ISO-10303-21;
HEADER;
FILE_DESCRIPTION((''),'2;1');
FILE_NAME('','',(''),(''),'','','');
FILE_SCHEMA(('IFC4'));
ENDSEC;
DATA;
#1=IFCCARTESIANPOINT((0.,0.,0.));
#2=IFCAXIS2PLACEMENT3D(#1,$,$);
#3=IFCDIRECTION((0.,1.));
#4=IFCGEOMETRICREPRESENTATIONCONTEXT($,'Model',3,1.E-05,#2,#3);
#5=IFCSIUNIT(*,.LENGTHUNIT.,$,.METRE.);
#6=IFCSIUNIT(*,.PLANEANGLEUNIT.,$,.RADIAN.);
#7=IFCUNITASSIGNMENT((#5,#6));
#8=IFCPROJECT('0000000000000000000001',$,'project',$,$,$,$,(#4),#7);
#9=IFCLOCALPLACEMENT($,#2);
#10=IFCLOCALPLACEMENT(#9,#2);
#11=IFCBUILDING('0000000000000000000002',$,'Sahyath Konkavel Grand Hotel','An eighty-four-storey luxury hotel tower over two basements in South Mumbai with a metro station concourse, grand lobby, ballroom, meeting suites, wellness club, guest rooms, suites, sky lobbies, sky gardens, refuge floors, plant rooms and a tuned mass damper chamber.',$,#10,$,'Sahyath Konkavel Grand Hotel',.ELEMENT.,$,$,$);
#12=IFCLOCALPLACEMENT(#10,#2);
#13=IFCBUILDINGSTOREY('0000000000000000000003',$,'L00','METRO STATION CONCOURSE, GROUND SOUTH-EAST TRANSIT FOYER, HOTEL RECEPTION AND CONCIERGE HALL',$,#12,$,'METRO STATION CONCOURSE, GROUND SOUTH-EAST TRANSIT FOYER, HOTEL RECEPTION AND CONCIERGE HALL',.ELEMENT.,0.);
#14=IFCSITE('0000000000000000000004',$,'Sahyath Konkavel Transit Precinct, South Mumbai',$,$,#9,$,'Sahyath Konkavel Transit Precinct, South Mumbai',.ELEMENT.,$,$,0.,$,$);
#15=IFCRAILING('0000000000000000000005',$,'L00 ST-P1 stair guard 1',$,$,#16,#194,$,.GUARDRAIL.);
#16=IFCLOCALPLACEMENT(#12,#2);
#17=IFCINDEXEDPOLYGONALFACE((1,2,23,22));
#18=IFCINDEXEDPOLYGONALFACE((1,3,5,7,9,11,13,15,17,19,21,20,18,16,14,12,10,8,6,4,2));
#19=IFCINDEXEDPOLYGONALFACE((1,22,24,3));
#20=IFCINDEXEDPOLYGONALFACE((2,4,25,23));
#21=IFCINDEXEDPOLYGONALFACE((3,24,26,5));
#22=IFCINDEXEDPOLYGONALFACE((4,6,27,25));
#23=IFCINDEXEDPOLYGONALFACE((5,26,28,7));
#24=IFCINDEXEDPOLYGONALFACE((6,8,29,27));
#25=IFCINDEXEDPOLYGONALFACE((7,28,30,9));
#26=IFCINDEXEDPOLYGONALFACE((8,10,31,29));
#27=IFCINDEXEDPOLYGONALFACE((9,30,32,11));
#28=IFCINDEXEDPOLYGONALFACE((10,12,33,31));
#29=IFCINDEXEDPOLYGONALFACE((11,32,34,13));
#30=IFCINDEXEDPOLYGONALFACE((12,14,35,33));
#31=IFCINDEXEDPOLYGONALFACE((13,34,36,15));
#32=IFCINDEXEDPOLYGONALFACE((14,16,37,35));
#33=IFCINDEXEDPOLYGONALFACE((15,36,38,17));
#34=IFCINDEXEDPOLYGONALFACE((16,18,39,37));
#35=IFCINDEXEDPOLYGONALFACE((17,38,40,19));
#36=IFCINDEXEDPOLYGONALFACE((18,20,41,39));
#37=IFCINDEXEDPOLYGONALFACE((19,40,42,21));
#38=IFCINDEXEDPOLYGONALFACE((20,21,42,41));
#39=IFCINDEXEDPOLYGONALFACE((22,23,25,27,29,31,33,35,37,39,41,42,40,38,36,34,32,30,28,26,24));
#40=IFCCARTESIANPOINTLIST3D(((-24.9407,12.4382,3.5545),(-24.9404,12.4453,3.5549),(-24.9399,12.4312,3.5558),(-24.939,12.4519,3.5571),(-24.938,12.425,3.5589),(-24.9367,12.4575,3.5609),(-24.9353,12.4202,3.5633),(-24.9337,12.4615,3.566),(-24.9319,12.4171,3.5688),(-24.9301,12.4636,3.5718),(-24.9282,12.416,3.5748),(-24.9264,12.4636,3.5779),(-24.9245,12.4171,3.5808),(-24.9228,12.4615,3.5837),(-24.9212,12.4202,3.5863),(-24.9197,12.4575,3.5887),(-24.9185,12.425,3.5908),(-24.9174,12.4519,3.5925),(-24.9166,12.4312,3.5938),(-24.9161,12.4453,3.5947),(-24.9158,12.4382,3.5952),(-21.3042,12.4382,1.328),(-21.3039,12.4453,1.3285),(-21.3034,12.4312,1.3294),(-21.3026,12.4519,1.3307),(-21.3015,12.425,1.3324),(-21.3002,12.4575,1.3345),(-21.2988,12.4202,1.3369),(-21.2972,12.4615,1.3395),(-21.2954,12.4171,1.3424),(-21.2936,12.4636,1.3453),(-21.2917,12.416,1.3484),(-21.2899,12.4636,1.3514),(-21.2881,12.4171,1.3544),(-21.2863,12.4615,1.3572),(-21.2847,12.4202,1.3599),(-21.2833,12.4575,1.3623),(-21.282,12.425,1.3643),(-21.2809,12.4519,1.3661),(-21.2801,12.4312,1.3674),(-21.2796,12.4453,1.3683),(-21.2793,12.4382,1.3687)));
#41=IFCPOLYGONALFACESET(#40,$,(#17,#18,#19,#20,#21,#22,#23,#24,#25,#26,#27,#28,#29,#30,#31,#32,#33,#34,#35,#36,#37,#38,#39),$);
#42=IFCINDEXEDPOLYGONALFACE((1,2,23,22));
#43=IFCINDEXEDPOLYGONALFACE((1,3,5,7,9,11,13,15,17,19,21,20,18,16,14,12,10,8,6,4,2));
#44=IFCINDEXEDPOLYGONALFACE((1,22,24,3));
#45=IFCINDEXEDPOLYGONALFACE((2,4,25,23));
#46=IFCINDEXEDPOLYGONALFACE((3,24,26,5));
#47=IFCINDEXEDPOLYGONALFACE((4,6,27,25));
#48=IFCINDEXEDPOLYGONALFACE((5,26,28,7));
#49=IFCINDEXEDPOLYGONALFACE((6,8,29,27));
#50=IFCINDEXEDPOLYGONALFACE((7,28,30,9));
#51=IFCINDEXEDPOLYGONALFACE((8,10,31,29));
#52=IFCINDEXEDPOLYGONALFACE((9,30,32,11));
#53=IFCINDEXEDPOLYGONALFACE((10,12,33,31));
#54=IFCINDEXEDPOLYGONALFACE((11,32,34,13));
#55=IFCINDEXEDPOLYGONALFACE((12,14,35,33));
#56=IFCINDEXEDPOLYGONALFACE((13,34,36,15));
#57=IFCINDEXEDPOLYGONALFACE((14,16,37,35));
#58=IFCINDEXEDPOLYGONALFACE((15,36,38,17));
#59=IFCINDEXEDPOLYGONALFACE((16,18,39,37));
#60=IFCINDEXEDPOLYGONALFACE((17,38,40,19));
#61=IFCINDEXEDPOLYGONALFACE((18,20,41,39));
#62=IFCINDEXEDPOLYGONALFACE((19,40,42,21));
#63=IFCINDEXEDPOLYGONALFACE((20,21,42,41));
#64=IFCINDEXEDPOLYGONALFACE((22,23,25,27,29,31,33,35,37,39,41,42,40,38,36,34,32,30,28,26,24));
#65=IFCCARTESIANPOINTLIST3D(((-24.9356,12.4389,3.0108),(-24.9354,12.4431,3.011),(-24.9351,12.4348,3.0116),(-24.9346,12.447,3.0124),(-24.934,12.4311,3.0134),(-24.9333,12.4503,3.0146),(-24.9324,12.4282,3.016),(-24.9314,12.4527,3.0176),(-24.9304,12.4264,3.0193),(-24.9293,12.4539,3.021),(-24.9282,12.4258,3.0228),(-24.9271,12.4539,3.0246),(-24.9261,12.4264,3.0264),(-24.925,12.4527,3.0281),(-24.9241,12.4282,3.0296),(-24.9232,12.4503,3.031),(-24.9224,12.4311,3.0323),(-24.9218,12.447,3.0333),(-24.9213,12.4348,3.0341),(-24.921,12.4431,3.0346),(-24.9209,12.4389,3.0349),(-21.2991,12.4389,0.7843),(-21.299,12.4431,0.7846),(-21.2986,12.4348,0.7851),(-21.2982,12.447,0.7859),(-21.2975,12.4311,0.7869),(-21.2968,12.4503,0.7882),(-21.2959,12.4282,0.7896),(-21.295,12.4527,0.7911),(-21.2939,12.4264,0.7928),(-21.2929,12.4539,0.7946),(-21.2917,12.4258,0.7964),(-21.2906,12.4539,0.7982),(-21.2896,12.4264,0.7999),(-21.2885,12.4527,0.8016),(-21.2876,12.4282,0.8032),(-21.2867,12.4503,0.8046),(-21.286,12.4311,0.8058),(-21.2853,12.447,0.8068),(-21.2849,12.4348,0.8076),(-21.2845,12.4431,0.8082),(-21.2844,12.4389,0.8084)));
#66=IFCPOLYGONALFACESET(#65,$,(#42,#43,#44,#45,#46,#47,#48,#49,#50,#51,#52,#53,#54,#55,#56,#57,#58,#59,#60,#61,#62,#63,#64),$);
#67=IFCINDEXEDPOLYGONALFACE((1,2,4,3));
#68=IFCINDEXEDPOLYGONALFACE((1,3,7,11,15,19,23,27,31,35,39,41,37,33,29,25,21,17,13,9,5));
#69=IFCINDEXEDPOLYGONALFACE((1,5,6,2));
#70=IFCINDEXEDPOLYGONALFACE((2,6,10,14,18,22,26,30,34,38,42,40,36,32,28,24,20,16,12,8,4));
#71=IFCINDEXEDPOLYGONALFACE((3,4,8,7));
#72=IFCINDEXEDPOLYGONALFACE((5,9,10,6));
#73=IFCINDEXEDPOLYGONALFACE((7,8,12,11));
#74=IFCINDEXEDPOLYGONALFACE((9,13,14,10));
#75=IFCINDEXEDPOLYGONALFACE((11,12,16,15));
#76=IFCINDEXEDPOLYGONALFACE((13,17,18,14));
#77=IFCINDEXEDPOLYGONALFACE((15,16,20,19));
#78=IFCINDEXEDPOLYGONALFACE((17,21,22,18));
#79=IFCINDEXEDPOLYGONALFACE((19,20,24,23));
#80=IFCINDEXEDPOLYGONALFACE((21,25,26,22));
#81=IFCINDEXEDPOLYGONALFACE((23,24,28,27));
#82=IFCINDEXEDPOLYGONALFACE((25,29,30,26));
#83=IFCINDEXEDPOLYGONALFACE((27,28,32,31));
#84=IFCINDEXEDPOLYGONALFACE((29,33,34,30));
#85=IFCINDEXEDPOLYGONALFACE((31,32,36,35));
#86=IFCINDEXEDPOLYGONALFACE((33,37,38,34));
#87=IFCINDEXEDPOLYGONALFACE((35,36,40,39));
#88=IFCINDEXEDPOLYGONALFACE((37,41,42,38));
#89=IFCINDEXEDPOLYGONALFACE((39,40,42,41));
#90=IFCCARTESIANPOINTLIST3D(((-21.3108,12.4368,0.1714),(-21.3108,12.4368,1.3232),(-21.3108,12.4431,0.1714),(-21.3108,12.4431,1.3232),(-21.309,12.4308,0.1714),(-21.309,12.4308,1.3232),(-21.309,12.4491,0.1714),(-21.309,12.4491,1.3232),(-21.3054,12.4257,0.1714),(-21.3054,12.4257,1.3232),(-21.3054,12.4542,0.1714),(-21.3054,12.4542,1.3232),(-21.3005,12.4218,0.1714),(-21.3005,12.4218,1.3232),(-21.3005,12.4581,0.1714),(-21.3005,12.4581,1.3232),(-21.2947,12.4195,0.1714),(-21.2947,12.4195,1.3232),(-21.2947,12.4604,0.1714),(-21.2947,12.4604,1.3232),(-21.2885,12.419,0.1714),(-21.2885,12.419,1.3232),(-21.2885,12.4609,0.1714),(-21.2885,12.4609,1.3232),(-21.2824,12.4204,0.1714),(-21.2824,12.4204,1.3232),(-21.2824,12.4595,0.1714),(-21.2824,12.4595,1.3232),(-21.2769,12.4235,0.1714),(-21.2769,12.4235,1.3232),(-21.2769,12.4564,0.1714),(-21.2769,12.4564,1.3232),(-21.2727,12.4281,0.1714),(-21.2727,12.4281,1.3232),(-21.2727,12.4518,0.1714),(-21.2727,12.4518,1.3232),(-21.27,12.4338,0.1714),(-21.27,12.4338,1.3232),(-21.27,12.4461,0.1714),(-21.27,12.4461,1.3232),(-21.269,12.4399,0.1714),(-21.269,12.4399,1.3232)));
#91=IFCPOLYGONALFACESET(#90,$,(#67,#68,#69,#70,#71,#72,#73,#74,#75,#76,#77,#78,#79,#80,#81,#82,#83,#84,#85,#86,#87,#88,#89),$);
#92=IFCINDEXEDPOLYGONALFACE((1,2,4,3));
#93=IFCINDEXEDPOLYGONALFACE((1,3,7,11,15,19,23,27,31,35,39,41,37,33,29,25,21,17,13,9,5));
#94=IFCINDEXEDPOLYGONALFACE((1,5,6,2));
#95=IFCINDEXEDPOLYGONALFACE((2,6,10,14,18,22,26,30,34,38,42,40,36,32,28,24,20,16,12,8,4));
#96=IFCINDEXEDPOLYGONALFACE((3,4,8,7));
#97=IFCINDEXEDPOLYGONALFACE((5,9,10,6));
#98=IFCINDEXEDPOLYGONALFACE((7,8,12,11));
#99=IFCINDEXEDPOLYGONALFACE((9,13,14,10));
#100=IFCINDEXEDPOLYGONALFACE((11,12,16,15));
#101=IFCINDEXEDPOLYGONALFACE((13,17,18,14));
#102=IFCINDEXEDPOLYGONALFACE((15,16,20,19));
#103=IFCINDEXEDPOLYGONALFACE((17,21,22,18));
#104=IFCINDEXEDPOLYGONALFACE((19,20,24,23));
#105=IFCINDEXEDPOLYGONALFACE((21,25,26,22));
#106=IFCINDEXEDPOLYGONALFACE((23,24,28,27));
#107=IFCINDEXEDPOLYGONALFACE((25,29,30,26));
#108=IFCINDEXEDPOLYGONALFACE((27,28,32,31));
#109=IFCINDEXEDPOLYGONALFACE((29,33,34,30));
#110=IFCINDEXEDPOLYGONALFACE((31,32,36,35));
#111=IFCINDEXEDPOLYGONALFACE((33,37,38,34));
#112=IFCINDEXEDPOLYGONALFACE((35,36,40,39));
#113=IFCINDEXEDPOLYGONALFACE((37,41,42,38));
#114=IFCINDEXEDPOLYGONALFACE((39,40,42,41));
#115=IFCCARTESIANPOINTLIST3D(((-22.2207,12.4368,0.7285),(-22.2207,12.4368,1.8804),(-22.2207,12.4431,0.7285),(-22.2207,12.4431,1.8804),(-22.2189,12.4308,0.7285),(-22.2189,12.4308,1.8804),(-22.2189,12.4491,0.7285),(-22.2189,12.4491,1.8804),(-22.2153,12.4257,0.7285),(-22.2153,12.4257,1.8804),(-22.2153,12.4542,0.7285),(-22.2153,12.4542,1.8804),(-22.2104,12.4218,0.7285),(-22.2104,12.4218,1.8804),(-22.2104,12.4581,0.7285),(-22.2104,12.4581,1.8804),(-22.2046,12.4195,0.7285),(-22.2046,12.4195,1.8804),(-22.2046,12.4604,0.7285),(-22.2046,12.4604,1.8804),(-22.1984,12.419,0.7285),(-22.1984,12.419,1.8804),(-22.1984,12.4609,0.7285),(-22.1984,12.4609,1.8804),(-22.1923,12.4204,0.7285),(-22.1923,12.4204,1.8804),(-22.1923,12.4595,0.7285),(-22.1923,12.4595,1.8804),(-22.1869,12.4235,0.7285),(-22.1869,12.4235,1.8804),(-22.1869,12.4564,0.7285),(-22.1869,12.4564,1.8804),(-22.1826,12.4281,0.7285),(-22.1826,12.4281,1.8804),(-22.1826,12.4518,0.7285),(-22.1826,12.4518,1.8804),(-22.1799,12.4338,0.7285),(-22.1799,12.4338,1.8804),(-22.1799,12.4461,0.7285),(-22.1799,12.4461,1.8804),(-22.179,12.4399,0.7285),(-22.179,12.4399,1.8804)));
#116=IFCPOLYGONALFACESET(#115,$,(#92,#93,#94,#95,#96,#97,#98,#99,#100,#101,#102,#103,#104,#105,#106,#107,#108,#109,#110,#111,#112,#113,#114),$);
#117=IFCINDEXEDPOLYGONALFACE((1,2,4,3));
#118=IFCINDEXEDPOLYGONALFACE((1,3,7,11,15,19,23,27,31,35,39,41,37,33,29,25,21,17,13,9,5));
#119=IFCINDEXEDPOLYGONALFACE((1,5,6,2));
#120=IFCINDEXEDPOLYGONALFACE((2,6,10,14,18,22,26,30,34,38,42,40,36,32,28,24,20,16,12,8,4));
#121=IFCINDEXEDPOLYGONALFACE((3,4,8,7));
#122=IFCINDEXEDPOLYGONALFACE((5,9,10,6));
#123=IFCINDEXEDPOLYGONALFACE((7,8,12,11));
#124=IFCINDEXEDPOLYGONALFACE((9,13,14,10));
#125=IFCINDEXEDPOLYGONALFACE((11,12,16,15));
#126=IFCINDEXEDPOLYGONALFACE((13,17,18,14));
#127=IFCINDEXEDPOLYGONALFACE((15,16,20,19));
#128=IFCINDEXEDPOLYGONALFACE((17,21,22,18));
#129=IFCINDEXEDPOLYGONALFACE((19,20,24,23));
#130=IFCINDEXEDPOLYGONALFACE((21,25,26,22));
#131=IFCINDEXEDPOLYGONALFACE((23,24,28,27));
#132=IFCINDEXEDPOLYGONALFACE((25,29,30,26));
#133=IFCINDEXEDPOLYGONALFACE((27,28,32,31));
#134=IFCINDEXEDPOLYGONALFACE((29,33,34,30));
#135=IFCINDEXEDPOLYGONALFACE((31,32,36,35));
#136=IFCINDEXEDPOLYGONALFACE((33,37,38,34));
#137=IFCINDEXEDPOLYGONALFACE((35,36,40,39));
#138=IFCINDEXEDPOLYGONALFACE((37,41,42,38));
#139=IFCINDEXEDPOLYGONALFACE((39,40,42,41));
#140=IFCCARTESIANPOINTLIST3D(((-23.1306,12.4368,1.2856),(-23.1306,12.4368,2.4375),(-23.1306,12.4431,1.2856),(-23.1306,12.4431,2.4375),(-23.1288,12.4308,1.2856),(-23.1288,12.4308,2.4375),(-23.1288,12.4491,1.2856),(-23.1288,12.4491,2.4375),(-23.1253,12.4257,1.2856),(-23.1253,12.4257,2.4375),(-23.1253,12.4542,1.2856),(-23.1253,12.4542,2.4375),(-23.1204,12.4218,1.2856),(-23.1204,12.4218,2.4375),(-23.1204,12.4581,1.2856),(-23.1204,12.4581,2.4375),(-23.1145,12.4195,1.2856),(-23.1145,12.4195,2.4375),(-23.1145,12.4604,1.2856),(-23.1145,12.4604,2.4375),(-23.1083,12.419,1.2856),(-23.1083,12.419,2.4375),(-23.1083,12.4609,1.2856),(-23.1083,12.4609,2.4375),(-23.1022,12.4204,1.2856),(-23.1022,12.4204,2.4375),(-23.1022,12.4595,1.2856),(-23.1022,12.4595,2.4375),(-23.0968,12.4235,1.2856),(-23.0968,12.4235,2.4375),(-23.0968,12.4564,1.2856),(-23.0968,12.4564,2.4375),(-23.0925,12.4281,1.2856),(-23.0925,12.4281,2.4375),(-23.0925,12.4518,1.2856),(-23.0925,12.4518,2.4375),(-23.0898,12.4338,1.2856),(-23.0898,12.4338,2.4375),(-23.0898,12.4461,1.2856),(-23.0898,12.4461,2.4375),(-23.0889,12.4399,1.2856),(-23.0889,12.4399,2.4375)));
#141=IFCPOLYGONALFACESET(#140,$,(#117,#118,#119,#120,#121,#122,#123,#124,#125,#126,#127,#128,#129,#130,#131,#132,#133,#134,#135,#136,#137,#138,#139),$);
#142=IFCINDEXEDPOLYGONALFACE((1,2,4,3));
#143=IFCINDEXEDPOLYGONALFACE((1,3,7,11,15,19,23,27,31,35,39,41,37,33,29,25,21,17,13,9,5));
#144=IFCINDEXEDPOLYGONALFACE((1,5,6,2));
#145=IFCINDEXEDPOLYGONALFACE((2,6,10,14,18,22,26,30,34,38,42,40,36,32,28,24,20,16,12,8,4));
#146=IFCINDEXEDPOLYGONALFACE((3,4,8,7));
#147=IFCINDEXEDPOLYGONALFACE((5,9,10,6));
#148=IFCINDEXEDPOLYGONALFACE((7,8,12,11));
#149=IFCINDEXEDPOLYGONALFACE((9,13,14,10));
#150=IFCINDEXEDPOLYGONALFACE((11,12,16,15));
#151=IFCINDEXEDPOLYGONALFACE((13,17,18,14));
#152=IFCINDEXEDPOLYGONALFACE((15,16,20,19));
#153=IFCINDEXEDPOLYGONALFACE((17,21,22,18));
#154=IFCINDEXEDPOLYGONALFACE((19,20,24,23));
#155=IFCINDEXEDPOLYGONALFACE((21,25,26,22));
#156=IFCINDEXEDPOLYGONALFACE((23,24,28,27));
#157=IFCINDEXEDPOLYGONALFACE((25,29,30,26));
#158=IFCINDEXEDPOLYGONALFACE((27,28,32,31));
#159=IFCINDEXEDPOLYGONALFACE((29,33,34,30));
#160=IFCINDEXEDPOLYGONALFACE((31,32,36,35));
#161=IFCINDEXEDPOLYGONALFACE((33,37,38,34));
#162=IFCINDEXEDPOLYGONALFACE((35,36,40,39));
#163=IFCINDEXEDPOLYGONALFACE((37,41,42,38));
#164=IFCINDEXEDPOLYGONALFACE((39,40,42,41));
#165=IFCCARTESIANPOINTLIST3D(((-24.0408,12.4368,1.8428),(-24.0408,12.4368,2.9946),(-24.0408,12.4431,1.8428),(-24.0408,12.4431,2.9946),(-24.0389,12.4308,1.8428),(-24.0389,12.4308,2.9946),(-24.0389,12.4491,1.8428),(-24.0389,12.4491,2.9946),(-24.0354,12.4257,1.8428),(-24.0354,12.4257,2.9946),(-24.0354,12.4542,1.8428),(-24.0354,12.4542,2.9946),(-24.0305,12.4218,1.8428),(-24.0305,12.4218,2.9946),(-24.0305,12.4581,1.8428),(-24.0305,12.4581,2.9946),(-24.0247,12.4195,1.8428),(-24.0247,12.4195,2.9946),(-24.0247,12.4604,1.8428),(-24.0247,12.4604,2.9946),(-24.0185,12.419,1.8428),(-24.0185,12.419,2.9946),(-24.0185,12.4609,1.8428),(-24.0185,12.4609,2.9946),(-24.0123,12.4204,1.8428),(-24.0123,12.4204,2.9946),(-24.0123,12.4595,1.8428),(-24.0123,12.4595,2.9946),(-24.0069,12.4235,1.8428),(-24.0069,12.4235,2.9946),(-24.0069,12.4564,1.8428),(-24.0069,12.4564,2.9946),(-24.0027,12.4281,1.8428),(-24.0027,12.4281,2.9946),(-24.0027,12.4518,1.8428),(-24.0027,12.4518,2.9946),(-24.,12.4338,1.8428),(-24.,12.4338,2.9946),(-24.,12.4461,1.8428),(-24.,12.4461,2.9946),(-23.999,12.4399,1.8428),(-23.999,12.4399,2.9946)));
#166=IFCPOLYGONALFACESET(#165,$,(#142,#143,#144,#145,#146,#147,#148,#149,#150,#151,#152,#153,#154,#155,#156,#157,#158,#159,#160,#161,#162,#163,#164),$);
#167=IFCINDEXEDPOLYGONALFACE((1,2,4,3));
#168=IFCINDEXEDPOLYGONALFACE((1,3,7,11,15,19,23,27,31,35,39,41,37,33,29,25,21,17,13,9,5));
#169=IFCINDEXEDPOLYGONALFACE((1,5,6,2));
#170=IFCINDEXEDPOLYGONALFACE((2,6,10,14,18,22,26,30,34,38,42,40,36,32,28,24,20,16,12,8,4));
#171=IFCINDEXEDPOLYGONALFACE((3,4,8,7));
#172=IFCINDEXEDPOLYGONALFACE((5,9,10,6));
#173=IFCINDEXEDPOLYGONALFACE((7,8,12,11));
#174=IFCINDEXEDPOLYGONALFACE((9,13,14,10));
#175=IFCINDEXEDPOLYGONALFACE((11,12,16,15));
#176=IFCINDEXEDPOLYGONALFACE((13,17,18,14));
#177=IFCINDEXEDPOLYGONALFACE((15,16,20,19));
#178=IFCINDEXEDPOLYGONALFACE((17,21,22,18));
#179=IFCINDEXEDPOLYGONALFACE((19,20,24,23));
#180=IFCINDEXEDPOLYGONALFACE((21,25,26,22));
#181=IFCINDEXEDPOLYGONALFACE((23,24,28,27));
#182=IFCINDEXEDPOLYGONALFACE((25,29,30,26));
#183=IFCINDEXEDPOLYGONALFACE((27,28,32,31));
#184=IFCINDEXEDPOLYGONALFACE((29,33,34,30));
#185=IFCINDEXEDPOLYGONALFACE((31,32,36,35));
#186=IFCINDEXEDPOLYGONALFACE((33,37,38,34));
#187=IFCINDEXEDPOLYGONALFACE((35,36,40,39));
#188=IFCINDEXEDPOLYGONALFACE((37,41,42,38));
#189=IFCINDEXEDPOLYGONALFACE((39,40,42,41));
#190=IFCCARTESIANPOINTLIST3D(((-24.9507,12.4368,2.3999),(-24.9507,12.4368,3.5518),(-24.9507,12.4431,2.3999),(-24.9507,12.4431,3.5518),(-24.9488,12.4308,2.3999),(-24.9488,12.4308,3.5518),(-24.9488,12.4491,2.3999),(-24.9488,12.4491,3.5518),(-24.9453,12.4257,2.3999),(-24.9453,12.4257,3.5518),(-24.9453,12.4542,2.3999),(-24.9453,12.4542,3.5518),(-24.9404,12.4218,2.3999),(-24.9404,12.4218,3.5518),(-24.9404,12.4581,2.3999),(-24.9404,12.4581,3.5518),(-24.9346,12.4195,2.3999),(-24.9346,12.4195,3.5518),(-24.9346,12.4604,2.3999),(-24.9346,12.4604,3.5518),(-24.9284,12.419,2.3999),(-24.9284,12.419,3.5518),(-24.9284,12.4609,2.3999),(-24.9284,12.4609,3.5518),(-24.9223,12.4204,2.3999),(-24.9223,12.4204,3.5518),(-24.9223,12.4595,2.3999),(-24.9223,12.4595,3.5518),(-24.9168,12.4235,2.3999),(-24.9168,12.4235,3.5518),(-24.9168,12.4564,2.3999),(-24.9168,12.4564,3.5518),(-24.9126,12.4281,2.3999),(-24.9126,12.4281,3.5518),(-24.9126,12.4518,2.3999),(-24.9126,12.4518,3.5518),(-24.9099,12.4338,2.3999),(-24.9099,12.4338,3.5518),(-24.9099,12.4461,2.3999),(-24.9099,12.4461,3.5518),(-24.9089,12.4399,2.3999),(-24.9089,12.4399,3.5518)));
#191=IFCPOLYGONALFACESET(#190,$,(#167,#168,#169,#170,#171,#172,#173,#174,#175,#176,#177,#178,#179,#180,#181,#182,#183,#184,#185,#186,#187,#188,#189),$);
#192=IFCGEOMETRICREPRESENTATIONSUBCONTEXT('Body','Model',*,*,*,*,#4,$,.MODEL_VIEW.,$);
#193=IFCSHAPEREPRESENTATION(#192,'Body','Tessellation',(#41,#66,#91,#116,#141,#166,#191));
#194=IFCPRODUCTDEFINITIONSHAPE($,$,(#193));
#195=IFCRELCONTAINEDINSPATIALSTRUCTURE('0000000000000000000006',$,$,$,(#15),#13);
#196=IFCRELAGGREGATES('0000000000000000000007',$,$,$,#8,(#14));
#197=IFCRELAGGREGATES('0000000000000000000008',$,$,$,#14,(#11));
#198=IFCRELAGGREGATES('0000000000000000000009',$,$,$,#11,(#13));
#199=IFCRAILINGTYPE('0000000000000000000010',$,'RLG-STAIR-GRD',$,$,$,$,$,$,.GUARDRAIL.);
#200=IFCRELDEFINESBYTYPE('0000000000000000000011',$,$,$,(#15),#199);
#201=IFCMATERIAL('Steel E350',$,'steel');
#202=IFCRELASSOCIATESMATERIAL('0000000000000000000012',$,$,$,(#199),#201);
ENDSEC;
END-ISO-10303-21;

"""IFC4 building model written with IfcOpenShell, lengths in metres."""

from ifc_helpers import new_model, si_unit, direction, frame, origin, origin_2d, place, context, subcontext, project, spatial, circle, extrude, material, type_object, element, save


model = new_model("IFC4")

# Units and contexts
model_context = context("Model", 3, precision=1e-05, world=origin(), true_north=direction((0.0, 1.0)))
body_context = subcontext(model_context, "Body", "Model", "MODEL_VIEW")
ifc_project = project(units=[si_unit("LENGTHUNIT", "METRE"), si_unit("PLANEANGLEUNIT", "RADIAN")], contexts=[model_context])

# Site, building, storey
site_placement = place(None, origin())
site = spatial("IfcSite", under=ifc_project, at=site_placement, Name="Sahyath Konkavel Transit Precinct, South Mumbai", LongName="Sahyath Konkavel Transit Precinct, South Mumbai", CompositionType="ELEMENT", RefElevation=0.0)
building_placement = place(site_placement, origin())
building = spatial("IfcBuilding", under=site, at=building_placement, Name="Sahyath Konkavel Grand Hotel", Description="An eighty-four-storey luxury hotel tower over two basements in South Mumbai with a metro station concourse, grand lobby, ballroom, meeting suites, wellness club, guest rooms, suites, sky lobbies, sky gardens, refuge floors, plant rooms and a tuned mass damper chamber.", LongName="Sahyath Konkavel Grand Hotel", CompositionType="ELEMENT")
storey_placement = place(building_placement, origin())
storey = spatial("IfcBuildingStorey", under=building, at=storey_placement, Name="L00", Description="METRO STATION CONCOURSE, GROUND SOUTH-EAST TRANSIT FOYER, HOTEL RECEPTION AND CONCIERGE HALL", LongName="METRO STATION CONCOURSE, GROUND SOUTH-EAST TRANSIT FOYER, HOTEL RECEPTION AND CONCIERGE HALL", CompositionType="ELEMENT", Elevation=0.0)

# Shared definitions
ifc_material_1 = material(Name="Steel E350", Category="steel")

# Railing
railing_type_1 = type_object("IfcRailingType", Name="RLG-STAIR-GRD", PredefinedType="GUARDRAIL", material=ifc_material_1)
railing_1_placement = place(storey_placement, frame((-21.29, 12.4399, 0.1714)))
element("IfcRailing", 1, at=railing_1_placement, inside=storey, type_object=railing_type_1, Name="L00 ST-P1 stair guard 1", PredefinedType="GUARDRAIL", context=body_context, shape_type="SweptSolid", body=[
    extrude(circle(Radius=0.0239, at=origin_2d()), frame((-0.0017, 0.0, 1.177), z_axis=(-0.85285, 0.0, 0.522156), x_axis=(0.0, -1.0, 0.0)), (0.0, 0.0, 1.0), 4.2639),
    extrude(circle(Radius=0.0142, at=origin_2d()), frame((-0.0017, 0.0, 0.625), z_axis=(-0.85285, 0.0, 0.522156), x_axis=(0.0, -1.0, 0.0)), (0.0, 0.0, 1.0), 4.2639),
    extrude(circle(Radius=0.021, at=origin_2d()), origin(), (0.0, 0.0, 1.0), 1.1519),
    extrude(circle(Radius=0.021, at=origin_2d()), frame((-0.9099, 0.0, 0.5571)), (0.0, 0.0, 1.0), 1.1519),
    extrude(circle(Radius=0.021, at=origin_2d()), frame((-1.8198, 0.0, 1.1143)), (0.0, 0.0, 1.0), 1.1519),
    extrude(circle(Radius=0.021, at=origin_2d()), frame((-2.73, 0.0, 1.6714)), (0.0, 0.0, 1.0), 1.1519),
    extrude(circle(Radius=0.021, at=origin_2d()), frame((-3.6399, 0.0, 2.2285)), (0.0, 0.0, 1.0), 1.1519),
])

save(model, "model.ifc")
